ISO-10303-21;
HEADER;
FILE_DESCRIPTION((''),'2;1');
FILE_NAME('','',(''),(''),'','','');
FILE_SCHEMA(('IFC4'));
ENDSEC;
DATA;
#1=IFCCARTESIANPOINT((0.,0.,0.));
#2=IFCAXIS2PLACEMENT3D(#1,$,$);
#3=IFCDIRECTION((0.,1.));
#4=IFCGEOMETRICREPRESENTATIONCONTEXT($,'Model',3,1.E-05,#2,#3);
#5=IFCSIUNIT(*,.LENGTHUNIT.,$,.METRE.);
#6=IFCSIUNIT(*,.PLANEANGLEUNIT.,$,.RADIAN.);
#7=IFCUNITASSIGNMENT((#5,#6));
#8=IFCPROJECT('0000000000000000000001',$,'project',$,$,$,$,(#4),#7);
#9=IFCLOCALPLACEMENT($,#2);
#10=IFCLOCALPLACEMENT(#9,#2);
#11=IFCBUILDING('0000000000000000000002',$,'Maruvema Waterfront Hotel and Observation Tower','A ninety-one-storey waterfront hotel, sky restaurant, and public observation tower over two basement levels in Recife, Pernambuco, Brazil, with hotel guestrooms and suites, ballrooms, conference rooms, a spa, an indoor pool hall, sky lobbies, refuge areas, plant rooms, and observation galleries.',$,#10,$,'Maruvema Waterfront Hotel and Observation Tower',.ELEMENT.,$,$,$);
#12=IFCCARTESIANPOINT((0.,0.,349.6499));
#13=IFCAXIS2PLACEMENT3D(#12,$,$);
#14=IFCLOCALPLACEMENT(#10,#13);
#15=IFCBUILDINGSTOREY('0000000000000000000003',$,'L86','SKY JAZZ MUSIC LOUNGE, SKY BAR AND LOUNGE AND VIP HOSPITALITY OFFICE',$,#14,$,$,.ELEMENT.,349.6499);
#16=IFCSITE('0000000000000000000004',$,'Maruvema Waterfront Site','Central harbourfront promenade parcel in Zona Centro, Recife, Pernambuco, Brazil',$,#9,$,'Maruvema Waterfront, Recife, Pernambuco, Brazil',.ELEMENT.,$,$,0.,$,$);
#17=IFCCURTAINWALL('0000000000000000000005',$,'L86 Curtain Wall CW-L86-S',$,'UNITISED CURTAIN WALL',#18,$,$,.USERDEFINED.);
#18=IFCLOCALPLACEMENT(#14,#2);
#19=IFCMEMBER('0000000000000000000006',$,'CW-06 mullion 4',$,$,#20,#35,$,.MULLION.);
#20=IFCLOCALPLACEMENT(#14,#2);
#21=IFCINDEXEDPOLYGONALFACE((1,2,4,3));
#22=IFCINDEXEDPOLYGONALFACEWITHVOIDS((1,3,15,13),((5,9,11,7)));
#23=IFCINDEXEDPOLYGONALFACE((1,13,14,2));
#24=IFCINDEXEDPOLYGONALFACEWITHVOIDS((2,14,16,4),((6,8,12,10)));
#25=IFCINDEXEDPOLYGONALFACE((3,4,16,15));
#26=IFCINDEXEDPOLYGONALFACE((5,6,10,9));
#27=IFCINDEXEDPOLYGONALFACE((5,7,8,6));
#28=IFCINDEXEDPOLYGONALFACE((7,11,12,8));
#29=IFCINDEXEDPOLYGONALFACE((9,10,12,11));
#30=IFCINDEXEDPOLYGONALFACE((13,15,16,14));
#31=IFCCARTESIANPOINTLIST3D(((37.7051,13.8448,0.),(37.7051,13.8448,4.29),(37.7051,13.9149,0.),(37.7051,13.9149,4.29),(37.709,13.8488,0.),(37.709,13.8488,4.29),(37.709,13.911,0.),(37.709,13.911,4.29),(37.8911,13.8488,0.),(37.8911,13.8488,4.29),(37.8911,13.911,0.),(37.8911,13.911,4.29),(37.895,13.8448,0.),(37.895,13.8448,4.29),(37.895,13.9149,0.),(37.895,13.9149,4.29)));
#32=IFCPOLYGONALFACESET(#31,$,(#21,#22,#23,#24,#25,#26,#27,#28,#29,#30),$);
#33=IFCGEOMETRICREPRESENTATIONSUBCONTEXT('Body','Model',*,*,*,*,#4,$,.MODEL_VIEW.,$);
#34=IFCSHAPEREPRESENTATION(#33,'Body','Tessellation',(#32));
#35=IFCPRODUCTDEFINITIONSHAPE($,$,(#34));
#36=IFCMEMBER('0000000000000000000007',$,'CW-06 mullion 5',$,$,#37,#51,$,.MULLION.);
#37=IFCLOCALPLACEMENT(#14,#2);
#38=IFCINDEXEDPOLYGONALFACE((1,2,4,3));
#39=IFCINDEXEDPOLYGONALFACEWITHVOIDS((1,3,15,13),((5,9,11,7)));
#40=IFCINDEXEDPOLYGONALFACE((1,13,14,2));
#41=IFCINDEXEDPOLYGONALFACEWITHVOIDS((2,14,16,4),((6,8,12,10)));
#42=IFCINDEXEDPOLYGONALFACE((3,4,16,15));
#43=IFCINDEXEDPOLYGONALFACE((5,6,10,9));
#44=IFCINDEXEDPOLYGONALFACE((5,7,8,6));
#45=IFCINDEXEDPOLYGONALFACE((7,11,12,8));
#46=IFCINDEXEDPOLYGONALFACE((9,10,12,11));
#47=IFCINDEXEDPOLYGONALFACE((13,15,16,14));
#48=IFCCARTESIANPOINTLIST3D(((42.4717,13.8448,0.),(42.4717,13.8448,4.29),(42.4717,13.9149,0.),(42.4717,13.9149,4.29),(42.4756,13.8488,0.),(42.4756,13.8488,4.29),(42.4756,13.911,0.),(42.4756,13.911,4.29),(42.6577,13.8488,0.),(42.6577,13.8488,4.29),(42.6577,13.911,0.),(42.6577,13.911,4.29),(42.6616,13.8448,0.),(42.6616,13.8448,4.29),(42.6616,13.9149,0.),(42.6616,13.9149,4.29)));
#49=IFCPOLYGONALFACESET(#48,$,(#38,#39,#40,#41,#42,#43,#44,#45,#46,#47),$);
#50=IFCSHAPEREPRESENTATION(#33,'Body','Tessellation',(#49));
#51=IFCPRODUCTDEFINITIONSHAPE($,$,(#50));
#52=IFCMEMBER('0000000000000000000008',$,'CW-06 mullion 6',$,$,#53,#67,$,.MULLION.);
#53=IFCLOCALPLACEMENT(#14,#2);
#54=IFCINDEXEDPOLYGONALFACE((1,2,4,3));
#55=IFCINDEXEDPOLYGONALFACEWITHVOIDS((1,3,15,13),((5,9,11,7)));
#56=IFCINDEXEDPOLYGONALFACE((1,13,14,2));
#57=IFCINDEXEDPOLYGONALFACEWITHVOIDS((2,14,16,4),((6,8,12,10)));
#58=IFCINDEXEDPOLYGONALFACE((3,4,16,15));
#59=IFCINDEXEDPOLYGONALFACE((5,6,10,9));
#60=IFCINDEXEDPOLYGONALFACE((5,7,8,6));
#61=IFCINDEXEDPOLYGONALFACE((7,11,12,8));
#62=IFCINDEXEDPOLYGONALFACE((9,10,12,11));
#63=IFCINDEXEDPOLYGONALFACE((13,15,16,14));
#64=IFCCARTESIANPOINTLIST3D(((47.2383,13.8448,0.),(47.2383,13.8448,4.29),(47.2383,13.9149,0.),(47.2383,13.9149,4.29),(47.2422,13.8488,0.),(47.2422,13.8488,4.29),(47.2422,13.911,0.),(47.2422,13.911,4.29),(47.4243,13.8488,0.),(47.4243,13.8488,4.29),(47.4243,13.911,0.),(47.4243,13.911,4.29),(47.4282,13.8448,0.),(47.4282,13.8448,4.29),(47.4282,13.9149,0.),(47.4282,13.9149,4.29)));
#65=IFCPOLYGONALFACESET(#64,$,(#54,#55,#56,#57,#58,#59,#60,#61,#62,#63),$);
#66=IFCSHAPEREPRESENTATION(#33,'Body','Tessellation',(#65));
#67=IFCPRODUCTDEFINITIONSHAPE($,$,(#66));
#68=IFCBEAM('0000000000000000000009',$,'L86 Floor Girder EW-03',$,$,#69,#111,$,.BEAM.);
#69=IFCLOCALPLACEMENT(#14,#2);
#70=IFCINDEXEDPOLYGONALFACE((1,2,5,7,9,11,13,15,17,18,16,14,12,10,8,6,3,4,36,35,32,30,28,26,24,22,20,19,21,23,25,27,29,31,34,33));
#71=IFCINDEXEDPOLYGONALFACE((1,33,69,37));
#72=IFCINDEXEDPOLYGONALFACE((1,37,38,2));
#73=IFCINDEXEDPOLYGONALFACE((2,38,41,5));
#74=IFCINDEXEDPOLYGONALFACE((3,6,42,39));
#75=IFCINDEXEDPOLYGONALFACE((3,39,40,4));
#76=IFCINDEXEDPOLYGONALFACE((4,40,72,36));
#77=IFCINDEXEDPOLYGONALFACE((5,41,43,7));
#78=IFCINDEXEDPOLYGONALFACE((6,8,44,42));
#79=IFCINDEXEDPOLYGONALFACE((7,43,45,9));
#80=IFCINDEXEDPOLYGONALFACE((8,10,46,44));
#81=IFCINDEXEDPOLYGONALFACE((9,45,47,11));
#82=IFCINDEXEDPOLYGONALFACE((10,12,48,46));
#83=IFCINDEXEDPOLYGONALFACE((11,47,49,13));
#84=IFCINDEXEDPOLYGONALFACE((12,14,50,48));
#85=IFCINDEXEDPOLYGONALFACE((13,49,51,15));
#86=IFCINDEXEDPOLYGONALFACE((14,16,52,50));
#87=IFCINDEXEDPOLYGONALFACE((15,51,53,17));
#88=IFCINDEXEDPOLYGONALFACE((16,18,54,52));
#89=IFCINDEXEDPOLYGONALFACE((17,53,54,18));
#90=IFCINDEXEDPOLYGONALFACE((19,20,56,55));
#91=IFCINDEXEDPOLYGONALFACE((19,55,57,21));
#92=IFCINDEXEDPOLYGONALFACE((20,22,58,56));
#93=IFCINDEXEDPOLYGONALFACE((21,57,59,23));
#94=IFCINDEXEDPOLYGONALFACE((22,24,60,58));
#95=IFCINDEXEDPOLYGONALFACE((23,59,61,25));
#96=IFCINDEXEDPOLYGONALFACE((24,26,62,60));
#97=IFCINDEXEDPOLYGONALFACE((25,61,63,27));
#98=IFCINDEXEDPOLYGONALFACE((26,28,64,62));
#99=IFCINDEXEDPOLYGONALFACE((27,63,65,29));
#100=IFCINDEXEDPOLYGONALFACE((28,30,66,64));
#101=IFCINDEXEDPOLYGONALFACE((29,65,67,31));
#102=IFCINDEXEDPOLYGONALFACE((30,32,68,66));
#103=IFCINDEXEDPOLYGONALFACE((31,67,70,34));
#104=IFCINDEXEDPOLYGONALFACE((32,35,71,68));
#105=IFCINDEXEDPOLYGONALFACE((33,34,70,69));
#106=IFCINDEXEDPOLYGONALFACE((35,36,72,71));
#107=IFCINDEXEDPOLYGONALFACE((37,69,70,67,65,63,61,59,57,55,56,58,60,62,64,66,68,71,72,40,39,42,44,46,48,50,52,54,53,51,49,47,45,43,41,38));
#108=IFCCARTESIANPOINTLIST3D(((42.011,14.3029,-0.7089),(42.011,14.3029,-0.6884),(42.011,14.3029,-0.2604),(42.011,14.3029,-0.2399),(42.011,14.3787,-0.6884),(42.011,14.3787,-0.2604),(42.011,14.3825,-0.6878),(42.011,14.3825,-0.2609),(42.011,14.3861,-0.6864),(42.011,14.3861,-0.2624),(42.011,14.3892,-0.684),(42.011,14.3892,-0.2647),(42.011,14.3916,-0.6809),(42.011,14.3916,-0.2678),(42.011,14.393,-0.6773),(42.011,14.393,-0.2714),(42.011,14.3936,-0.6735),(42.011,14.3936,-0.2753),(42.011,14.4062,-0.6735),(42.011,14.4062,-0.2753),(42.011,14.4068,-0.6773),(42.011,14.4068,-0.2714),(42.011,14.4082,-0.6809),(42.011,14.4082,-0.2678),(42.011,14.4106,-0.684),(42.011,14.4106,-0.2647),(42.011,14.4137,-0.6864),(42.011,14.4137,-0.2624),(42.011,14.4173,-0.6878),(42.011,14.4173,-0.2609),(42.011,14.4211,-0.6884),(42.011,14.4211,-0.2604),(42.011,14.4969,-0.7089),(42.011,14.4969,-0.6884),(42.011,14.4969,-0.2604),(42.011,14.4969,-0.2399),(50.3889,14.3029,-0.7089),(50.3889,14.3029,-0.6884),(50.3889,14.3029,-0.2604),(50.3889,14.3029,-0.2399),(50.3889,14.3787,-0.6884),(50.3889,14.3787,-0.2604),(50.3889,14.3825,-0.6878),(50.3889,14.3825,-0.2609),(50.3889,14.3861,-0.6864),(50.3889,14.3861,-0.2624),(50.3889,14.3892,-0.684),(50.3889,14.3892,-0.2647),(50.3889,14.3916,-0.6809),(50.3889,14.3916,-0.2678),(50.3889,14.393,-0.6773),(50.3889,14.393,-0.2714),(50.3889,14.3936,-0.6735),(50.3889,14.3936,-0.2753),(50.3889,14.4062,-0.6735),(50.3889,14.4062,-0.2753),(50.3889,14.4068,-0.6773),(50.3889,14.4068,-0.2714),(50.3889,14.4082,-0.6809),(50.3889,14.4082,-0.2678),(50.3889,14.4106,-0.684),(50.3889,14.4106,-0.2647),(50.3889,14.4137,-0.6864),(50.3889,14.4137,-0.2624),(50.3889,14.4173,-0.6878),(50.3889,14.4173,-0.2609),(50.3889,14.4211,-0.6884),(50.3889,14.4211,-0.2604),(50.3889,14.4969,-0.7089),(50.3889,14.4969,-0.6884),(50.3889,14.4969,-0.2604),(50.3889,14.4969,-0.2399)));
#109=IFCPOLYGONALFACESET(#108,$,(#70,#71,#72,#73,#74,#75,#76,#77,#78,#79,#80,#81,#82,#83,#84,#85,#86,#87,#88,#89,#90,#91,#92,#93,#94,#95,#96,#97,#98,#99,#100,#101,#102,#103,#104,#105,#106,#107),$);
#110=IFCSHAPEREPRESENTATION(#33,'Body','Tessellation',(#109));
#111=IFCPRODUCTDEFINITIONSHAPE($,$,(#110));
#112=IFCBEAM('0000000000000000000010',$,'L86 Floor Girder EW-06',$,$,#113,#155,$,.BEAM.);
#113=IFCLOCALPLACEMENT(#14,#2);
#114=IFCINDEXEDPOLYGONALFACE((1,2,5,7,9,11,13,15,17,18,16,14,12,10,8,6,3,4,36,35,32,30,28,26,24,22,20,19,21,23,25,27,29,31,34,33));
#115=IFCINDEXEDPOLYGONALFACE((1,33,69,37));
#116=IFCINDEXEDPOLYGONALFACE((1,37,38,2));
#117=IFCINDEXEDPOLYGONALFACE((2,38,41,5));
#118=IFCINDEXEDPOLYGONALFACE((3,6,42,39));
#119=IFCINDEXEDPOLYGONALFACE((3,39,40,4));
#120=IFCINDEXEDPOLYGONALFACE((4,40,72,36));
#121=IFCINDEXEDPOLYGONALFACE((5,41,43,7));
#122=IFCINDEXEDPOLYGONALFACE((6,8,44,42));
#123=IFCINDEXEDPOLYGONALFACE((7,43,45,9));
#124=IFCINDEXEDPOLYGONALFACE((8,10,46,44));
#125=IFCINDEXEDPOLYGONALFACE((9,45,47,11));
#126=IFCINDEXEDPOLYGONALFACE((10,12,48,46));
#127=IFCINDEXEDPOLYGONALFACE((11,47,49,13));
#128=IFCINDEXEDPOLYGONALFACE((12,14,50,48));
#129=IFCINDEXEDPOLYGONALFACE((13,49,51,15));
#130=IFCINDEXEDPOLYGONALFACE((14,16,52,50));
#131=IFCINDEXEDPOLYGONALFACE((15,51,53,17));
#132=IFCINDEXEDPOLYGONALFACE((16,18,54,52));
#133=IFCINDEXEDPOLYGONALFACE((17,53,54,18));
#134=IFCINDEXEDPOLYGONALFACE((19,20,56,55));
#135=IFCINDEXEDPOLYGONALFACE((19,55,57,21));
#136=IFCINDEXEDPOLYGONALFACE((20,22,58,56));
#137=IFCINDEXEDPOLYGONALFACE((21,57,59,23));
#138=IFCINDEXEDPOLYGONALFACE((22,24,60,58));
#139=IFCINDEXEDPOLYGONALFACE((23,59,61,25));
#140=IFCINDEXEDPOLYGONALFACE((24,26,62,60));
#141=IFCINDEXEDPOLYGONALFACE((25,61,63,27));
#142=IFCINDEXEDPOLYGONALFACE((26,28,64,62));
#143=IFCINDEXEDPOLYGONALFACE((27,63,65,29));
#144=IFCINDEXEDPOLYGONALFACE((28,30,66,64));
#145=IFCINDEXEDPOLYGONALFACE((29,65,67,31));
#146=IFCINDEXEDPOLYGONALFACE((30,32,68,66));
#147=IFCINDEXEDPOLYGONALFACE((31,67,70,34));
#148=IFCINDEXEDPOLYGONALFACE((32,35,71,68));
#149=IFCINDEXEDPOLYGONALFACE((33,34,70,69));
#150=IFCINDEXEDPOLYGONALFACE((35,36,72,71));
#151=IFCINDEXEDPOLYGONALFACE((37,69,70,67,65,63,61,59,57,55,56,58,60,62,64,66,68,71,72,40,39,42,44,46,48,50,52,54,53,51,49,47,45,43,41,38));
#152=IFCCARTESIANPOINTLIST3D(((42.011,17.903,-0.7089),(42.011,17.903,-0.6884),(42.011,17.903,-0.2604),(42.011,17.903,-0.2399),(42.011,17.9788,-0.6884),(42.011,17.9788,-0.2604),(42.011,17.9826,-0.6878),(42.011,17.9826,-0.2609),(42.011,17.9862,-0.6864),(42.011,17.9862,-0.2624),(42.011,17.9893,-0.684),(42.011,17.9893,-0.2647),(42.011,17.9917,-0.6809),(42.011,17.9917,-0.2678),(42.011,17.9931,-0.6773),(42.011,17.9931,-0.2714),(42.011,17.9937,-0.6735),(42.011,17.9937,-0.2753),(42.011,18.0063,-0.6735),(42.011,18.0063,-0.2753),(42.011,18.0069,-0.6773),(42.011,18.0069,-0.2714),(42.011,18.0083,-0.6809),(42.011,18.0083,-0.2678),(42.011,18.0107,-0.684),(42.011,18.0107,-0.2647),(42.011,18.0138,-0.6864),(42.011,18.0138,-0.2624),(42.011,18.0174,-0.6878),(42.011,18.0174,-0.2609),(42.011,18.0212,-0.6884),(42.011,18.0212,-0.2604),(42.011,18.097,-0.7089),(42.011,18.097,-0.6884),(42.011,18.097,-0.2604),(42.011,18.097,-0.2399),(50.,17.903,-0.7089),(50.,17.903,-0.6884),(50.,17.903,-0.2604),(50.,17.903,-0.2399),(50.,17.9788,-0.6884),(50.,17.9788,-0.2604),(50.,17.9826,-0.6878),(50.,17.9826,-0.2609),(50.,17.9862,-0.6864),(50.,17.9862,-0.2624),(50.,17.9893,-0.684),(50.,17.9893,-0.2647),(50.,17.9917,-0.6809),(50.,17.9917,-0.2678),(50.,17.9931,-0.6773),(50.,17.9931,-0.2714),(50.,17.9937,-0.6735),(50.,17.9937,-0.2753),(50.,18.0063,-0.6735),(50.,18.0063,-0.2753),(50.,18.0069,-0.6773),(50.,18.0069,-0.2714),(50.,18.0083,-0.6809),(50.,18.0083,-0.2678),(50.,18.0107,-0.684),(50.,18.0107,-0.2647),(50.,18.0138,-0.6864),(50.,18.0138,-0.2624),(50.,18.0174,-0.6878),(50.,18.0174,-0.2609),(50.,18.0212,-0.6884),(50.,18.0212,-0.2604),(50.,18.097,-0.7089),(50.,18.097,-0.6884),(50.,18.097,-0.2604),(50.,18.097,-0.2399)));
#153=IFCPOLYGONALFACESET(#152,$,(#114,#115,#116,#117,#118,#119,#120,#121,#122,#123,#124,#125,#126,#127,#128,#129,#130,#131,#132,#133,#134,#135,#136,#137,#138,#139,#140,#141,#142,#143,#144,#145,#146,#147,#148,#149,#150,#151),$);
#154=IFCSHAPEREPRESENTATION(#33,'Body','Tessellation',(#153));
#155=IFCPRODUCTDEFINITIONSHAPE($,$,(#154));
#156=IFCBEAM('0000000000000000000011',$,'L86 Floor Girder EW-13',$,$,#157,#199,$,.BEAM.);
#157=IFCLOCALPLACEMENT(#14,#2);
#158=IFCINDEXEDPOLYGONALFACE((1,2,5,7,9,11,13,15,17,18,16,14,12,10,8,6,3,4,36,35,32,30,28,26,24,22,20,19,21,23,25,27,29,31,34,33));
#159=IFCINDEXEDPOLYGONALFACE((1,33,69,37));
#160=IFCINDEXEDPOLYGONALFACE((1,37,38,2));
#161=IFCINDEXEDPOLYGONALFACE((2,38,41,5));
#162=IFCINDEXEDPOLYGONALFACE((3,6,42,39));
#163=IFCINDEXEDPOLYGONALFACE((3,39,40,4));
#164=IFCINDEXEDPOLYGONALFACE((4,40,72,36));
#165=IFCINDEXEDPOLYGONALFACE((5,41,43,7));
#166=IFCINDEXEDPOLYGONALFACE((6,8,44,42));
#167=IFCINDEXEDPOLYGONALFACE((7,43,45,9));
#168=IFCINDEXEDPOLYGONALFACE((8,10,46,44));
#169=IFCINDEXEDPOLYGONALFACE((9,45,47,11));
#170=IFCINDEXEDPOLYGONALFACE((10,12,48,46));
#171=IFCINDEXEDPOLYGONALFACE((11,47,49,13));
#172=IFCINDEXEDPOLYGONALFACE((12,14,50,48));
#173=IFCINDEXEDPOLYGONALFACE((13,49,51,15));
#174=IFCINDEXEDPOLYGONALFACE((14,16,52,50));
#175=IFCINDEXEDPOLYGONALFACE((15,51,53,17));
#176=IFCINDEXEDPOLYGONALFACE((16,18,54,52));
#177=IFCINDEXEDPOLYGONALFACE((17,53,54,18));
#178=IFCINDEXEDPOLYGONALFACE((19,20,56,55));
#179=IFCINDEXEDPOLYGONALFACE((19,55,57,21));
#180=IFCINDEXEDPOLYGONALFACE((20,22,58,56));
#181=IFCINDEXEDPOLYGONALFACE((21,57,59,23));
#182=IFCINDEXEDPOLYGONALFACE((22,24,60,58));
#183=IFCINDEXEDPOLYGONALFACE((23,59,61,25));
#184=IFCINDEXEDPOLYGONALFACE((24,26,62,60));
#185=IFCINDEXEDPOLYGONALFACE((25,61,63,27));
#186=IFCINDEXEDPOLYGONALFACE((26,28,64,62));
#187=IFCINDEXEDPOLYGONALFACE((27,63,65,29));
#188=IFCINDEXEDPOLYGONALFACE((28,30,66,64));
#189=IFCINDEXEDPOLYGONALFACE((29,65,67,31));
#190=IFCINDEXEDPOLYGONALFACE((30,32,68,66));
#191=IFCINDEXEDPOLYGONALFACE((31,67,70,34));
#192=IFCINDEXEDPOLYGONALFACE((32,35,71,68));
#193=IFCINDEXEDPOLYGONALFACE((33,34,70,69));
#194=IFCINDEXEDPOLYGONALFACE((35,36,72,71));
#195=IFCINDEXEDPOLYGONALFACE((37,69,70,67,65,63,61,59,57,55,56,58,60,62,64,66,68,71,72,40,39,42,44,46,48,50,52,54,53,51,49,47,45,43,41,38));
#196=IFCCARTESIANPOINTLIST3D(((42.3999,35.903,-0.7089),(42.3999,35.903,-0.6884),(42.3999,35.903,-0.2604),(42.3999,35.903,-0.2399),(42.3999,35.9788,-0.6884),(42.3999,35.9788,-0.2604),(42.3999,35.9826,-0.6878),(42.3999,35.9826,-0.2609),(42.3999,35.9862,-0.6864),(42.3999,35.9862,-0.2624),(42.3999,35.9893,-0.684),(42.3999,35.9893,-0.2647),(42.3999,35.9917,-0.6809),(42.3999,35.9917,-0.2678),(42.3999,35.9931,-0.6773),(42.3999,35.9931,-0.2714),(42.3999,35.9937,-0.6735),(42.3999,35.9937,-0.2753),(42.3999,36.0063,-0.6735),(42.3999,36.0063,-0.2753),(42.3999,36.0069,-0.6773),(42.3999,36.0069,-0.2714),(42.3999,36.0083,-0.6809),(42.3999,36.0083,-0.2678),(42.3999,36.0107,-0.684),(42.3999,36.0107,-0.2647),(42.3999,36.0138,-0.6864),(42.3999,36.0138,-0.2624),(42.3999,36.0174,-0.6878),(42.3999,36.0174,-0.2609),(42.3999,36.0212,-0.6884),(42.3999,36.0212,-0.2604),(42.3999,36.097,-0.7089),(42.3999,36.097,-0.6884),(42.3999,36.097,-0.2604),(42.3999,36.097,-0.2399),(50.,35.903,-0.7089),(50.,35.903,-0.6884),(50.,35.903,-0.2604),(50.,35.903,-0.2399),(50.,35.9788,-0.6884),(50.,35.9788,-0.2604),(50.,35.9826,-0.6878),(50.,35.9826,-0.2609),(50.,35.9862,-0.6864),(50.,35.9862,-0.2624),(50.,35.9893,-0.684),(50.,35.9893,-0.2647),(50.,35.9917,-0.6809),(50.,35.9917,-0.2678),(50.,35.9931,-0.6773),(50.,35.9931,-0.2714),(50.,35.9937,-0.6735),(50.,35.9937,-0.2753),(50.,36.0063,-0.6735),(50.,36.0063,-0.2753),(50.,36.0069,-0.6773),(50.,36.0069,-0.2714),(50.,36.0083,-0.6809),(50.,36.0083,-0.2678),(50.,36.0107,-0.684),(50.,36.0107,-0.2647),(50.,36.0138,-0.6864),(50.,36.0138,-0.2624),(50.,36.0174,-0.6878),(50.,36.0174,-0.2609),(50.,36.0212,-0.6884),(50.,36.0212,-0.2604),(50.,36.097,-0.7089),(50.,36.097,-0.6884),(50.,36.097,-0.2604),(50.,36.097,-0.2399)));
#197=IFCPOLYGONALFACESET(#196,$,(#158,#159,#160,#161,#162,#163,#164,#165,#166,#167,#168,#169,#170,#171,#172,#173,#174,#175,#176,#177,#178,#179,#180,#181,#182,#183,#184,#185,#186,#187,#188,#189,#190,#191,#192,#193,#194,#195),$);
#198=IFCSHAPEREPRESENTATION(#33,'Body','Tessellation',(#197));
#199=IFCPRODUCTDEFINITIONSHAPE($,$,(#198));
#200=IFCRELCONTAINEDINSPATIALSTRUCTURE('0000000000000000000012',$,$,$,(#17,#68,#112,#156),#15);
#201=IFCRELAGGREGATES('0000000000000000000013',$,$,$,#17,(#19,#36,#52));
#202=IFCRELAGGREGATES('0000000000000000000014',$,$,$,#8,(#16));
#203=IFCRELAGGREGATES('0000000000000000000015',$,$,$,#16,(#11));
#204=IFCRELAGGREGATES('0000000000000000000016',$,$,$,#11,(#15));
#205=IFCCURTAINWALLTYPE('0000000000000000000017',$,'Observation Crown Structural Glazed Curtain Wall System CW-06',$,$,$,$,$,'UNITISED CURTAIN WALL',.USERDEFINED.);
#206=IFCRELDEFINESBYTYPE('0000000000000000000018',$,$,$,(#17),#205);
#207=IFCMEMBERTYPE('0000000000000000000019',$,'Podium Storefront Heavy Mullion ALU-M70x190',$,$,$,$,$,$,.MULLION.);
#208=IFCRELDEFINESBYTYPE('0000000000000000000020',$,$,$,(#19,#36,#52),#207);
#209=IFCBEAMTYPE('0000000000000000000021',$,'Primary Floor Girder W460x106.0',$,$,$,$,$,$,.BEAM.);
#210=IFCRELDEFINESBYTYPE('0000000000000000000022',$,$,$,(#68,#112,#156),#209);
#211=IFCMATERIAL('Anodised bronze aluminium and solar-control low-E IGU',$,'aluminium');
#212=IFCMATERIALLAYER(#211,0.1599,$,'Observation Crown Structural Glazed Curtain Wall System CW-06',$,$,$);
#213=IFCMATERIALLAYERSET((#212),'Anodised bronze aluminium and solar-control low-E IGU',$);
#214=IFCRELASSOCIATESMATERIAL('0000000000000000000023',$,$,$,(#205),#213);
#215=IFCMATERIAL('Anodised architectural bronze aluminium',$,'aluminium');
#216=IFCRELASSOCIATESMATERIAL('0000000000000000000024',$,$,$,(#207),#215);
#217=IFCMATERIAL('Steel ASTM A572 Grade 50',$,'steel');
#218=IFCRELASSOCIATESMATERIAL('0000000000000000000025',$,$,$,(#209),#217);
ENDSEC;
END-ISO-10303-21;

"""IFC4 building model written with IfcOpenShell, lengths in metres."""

from ifc_helpers import new_model, si_unit, direction, frame, origin, origin_2d, place, context, subcontext, project, spatial, hollow_rectangle, i_section, extrude, material, layer, layer_set, material_profile, profile_set, type_object, element, aggregate, save


model = new_model("IFC4")

# Units and contexts
model_context = context("Model", 3, precision=1e-05, world=origin(), true_north=direction((0.0, 1.0)))
body_context = subcontext(model_context, "Body", "Model", "MODEL_VIEW")
ifc_project = project(units=[si_unit("LENGTHUNIT", "METRE"), si_unit("PLANEANGLEUNIT", "RADIAN")], contexts=[model_context])

# Site, building, storey
site_placement = place(None, origin())
site = spatial("IfcSite", under=ifc_project, at=site_placement, Name="Maruvema Waterfront Site", Description="Central harbourfront promenade parcel in Zona Centro, Recife, Pernambuco, Brazil", LongName="Maruvema Waterfront, Recife, Pernambuco, Brazil", CompositionType="ELEMENT", RefElevation=0.0)
building_placement = place(site_placement, origin())
building = spatial("IfcBuilding", under=site, at=building_placement, Name="Maruvema Waterfront Hotel and Observation Tower", Description="A ninety-one-storey waterfront hotel, sky restaurant, and public observation tower over two basement levels in Recife, Pernambuco, Brazil, with hotel guestrooms and suites, ballrooms, conference rooms, a spa, an indoor pool hall, sky lobbies, refuge areas, plant rooms, and observation galleries.", LongName="Maruvema Waterfront Hotel and Observation Tower", CompositionType="ELEMENT")
storey_placement = place(building_placement, frame((0.0, 0.0, 349.6499)))
storey = spatial("IfcBuildingStorey", under=building, at=storey_placement, Name="L86", Description="SKY JAZZ MUSIC LOUNGE, SKY BAR AND LOUNGE AND VIP HOSPITALITY OFFICE", CompositionType="ELEMENT", Elevation=349.6499)

# Curtain wall, members
ifc_material_1 = material(Name="Anodised bronze aluminium and solar-control low-E IGU", Category="aluminium")
ifc_layer_1 = layer(ifc_material_1, 0.1599, Name="Observation Crown Structural Glazed Curtain Wall System CW-06")
ifc_layer_set_1 = layer_set([ifc_layer_1], Name="Anodised bronze aluminium and solar-control low-E IGU")
curtain_wall_type = type_object("IfcCurtainWallType", Name="Observation Crown Structural Glazed Curtain Wall System CW-06", ElementType="UNITISED CURTAIN WALL", PredefinedType="USERDEFINED", material=ifc_layer_set_1)
curtain_wall_placement = place(storey_placement, origin())
curtain_wall = element("IfcCurtainWall", 1, at=curtain_wall_placement, inside=storey, type_object=curtain_wall_type, Name="L86 Curtain Wall CW-L86-S", ObjectType="UNITISED CURTAIN WALL", PredefinedType="USERDEFINED")
ifc_material_2 = material(Name="Anodised architectural bronze aluminium", Category="aluminium")
ifc_material_profile_1 = material_profile(ifc_material_2, hollow_rectangle(XDim=0.0701, YDim=0.1899, WallThickness=0.0039, at=origin_2d()), Name="ALU-M70x190")
ifc_profile_set_1 = profile_set([ifc_material_profile_1], Name="Anodised architectural bronze aluminium")
member_type_1 = type_object("IfcMemberType", Name="Podium Storefront Heavy Mullion ALU-M70x190", PredefinedType="MULLION", material=ifc_profile_set_1)
member_1_placement = place(storey_placement, frame((37.8, 13.8799, 0.0), z_axis=(0.0, 0.0, 1.0), x_axis=(0.0, 1.0, 0.0)))
member_1 = element("IfcMember", 2, at=member_1_placement, type_object=member_type_1, Name="CW-06 mullion 4", PredefinedType="MULLION", context=body_context, shape_type="SweptSolid", body=[
    extrude(hollow_rectangle(XDim=0.0701, YDim=0.1899, WallThickness=0.0039, at=origin_2d()), origin(), (0.0, 0.0, 1.0), 4.29),
])
member_2_placement = place(storey_placement, frame((42.5667, 13.8799, 0.0), z_axis=(0.0, 0.0, 1.0), x_axis=(0.0, 1.0, 0.0)))
member_2 = element("IfcMember", 3, at=member_2_placement, type_object=member_type_1, Name="CW-06 mullion 5", PredefinedType="MULLION", context=body_context, shape_type="SweptSolid", body=[
    extrude(hollow_rectangle(XDim=0.0701, YDim=0.1899, WallThickness=0.0039, at=origin_2d()), origin(), (0.0, 0.0, 1.0), 4.29),
])
member_3_placement = place(storey_placement, frame((47.3333, 13.8799, 0.0), z_axis=(0.0, 0.0, 1.0), x_axis=(0.0, 1.0, 0.0)))
member_3 = element("IfcMember", 4, at=member_3_placement, type_object=member_type_1, Name="CW-06 mullion 6", PredefinedType="MULLION", context=body_context, shape_type="SweptSolid", body=[
    extrude(hollow_rectangle(XDim=0.0701, YDim=0.1899, WallThickness=0.0039, at=origin_2d()), origin(), (0.0, 0.0, 1.0), 4.29),
])

# Beams
ifc_material_3 = material(Name="Steel ASTM A572 Grade 50", Category="steel")
ifc_material_profile_2 = material_profile(ifc_material_3, i_section(OverallWidth=0.1941, OverallDepth=0.469, WebThickness=0.0127, FlangeThickness=0.0205, FilletRadius=0.0149, at=origin_2d()), Name="W460x106.0")
ifc_profile_set_2 = profile_set([ifc_material_profile_2], Name="Steel ASTM A572 Grade 50")
beam_type_1 = type_object("IfcBeamType", Name="Primary Floor Girder W460x106.0", PredefinedType="BEAM", material=ifc_profile_set_2)
beam_1_placement = place(storey_placement, frame((42.011, 14.3999, -0.4744), z_axis=(1.0, 0.0, 0.0), x_axis=(0.0, 1.0, 0.0)))
element("IfcBeam", 5, at=beam_1_placement, inside=storey, type_object=beam_type_1, Name="L86 Floor Girder EW-03", PredefinedType="BEAM", context=body_context, shape_type="SweptSolid", body=[
    extrude(i_section(OverallWidth=0.1941, OverallDepth=0.469, WebThickness=0.0127, FlangeThickness=0.0205, FilletRadius=0.0149, at=origin_2d()), origin(), (0.0, 0.0, 1.0), 8.3779),
])
beam_2_placement = place(storey_placement, frame((42.011, 18.0, -0.4744), z_axis=(1.0, 0.0, 0.0), x_axis=(0.0, 1.0, 0.0)))
element("IfcBeam", 6, at=beam_2_placement, inside=storey, type_object=beam_type_1, Name="L86 Floor Girder EW-06", PredefinedType="BEAM", context=body_context, shape_type="SweptSolid", body=[
    extrude(i_section(OverallWidth=0.1941, OverallDepth=0.469, WebThickness=0.0127, FlangeThickness=0.0205, FilletRadius=0.0149, at=origin_2d()), origin(), (0.0, 0.0, 1.0), 7.989),
])
beam_3_placement = place(storey_placement, frame((42.3999, 36.0, -0.4744), z_axis=(1.0, 0.0, 0.0), x_axis=(0.0, 1.0, 0.0)))
element("IfcBeam", 7, at=beam_3_placement, inside=storey, type_object=beam_type_1, Name="L86 Floor Girder EW-13", PredefinedType="BEAM", context=body_context, shape_type="SweptSolid", body=[
    extrude(i_section(OverallWidth=0.1941, OverallDepth=0.469, WebThickness=0.0127, FlangeThickness=0.0205, FilletRadius=0.0149, at=origin_2d()), origin(), (0.0, 0.0, 1.0), 7.6001),
])

aggregate(curtain_wall, [member_1, member_2, member_3])

save(model, "model.ifc")
